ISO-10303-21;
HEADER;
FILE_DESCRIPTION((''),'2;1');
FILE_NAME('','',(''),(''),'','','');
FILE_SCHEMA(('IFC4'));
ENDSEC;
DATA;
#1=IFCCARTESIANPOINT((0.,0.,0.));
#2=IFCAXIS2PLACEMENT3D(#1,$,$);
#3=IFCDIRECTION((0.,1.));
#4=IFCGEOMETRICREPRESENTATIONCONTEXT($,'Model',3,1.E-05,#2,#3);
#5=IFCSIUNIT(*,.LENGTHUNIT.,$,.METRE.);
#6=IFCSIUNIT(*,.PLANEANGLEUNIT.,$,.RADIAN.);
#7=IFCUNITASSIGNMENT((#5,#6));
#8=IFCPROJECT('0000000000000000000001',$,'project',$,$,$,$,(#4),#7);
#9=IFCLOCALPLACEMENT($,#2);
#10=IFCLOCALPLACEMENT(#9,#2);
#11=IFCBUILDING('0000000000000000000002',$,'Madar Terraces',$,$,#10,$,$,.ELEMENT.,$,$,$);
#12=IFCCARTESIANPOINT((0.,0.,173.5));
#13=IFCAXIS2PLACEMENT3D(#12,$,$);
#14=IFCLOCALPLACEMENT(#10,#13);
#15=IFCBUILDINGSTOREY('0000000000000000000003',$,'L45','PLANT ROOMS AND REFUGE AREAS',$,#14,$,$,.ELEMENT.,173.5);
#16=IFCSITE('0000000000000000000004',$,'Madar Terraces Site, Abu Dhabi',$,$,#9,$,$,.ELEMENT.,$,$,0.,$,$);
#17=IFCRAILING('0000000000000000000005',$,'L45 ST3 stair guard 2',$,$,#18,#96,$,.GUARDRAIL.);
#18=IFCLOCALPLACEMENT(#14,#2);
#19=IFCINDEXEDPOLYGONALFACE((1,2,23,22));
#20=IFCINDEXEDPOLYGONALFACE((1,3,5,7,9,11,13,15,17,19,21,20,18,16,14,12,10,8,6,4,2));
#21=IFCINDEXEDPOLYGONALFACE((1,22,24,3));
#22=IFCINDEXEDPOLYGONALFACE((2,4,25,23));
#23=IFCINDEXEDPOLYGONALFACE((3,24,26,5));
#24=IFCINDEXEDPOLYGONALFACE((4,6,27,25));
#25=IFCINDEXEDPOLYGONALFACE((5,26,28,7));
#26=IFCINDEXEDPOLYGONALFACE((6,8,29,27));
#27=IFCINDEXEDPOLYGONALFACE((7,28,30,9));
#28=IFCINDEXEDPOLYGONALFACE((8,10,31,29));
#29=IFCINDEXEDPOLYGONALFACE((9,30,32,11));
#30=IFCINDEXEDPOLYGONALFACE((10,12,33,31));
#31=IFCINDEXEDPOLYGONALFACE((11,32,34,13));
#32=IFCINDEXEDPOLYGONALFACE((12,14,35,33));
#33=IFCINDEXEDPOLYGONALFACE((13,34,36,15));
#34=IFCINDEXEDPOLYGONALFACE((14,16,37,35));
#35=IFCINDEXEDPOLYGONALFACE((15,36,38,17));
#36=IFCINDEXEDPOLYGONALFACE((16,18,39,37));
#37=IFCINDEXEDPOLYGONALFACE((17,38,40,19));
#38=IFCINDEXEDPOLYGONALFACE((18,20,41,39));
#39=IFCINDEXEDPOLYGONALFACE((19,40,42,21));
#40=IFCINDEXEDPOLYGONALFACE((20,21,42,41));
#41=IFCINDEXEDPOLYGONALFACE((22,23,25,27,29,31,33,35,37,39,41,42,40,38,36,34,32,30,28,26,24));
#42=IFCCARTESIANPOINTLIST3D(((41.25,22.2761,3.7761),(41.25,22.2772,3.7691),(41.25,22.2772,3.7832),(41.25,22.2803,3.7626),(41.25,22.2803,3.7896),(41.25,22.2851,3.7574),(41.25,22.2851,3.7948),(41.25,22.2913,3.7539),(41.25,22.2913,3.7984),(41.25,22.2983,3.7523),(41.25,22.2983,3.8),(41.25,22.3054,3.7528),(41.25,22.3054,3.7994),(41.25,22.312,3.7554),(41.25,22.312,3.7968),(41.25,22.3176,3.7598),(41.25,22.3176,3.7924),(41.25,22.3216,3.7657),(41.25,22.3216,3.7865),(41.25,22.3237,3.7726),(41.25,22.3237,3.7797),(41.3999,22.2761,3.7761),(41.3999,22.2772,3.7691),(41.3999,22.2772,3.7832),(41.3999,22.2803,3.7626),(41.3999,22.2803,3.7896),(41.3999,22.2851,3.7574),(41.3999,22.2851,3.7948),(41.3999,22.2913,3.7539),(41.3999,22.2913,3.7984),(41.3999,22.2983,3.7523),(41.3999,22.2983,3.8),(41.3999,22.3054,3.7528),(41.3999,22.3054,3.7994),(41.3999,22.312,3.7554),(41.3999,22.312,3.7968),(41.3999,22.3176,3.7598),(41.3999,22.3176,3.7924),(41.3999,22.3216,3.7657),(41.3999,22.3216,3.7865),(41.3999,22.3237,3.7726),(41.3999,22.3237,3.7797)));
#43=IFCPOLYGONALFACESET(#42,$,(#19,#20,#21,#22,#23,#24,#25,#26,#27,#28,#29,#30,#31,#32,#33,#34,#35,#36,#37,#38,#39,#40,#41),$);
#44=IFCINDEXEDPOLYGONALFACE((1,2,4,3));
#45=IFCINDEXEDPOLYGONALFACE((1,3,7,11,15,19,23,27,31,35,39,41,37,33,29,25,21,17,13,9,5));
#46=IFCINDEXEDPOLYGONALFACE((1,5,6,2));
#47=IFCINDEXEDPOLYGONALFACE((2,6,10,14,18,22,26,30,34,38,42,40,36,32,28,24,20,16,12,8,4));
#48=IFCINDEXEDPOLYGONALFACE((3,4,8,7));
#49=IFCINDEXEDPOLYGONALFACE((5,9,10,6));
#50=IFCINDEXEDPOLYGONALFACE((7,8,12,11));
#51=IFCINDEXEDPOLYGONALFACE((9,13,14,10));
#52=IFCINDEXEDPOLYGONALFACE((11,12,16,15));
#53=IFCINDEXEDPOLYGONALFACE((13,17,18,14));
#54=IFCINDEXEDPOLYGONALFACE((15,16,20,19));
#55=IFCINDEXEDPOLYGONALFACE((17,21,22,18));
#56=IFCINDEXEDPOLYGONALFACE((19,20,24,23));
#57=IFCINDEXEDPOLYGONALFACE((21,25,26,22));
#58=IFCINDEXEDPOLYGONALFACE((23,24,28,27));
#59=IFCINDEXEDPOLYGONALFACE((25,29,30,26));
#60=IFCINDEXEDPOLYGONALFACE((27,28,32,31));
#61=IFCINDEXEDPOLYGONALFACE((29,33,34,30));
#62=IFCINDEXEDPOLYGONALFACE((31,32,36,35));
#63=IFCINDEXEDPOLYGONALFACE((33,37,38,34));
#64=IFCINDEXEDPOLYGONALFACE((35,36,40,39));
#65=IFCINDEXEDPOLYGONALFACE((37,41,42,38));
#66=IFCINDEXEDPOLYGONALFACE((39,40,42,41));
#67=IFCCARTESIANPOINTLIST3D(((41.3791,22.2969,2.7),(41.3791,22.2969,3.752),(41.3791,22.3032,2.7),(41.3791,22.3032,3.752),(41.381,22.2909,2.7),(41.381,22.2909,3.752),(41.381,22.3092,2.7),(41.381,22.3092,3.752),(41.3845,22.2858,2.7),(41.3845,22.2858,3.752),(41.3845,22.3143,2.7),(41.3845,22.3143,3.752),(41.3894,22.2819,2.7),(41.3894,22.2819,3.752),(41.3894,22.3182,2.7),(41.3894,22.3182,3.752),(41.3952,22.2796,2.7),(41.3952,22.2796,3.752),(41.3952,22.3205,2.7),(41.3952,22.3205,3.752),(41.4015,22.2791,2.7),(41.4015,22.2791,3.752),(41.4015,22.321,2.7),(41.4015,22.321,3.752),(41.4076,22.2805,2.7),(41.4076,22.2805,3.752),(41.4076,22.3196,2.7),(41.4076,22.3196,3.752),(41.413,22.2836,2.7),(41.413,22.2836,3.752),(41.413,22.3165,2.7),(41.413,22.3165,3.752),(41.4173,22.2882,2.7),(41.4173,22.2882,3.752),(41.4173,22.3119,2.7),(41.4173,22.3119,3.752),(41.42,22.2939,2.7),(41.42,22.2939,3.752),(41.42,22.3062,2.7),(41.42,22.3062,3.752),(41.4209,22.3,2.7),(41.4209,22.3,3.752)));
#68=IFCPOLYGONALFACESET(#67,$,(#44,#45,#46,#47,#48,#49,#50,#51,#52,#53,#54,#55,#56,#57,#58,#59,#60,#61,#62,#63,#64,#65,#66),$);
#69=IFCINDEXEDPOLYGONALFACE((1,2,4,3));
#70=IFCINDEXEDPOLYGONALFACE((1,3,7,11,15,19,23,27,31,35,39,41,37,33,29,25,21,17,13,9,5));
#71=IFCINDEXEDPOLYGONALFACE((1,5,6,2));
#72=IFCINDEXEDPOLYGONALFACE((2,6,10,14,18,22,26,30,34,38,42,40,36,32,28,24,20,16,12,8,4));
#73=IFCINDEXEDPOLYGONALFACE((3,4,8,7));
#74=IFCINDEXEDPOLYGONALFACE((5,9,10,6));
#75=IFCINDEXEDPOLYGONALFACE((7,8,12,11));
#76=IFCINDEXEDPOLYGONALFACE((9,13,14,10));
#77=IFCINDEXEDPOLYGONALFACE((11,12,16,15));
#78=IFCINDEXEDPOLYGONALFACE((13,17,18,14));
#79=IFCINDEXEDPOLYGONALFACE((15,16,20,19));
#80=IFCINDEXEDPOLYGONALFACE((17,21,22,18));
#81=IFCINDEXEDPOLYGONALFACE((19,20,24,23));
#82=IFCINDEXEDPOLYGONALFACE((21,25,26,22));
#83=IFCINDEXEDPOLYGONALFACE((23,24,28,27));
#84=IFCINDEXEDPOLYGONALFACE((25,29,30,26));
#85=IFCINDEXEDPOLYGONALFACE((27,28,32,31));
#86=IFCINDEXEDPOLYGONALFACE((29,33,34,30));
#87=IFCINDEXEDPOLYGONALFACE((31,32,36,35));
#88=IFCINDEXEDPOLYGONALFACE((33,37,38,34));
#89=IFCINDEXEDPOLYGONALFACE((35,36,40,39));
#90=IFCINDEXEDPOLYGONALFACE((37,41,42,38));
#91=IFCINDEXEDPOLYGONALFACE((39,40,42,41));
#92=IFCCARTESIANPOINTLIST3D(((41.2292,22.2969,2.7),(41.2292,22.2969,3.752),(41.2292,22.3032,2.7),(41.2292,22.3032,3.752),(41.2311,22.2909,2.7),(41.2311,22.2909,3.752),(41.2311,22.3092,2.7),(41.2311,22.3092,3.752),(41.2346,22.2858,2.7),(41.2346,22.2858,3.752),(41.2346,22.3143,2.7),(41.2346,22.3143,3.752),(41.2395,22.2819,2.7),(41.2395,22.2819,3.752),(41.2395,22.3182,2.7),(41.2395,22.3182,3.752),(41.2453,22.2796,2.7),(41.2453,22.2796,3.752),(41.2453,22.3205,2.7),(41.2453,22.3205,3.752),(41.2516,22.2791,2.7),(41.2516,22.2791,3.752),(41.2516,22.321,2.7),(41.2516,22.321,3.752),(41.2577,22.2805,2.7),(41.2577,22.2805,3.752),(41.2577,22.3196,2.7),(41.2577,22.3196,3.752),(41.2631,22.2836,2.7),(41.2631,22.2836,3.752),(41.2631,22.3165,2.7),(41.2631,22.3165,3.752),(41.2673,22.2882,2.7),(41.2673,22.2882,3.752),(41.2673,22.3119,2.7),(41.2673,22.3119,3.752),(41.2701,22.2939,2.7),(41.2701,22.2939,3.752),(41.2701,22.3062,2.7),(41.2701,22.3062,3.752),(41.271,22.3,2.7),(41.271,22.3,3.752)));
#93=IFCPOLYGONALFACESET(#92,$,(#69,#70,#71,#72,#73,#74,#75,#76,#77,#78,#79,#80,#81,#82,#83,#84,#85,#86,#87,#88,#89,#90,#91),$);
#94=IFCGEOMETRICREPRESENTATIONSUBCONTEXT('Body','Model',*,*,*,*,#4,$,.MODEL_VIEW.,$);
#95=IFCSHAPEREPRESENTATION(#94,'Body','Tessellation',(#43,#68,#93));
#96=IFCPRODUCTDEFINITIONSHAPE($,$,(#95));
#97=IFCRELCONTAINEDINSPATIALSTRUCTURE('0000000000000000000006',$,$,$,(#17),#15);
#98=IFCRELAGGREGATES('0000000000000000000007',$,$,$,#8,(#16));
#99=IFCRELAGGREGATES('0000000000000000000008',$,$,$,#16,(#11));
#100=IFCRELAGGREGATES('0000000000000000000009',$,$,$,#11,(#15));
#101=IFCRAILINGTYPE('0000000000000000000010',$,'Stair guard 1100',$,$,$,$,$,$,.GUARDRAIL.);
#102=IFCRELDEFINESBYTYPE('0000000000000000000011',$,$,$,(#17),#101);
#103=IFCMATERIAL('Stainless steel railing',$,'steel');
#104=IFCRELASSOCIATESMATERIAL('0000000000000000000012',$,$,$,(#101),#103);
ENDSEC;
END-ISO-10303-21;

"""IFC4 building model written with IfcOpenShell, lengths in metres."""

from ifc_helpers import new_model, si_unit, direction, frame, origin, origin_2d, place, context, subcontext, project, spatial, circle, extrude, material, type_object, element, save


model = new_model("IFC4")

# Units and contexts
model_context = context("Model", 3, precision=1e-05, world=origin(), true_north=direction((0.0, 1.0)))
body_context = subcontext(model_context, "Body", "Model", "MODEL_VIEW")
ifc_project = project(units=[si_unit("LENGTHUNIT", "METRE"), si_unit("PLANEANGLEUNIT", "RADIAN")], contexts=[model_context])

# Site, building, storey
site_placement = place(None, origin())
site = spatial("IfcSite", under=ifc_project, at=site_placement, Name="Madar Terraces Site, Abu Dhabi", CompositionType="ELEMENT", RefElevation=0.0)
building_placement = place(site_placement, origin())
building = spatial("IfcBuilding", under=site, at=building_placement, Name="Madar Terraces", CompositionType="ELEMENT")
storey_placement = place(building_placement, frame((0.0, 0.0, 173.5)))
storey = spatial("IfcBuildingStorey", under=building, at=storey_placement, Name="L45", Description="PLANT ROOMS AND REFUGE AREAS", CompositionType="ELEMENT", Elevation=173.5)

# Railing
ifc_material_1 = material(Name="Stainless steel railing", Category="steel")
railing_type_1 = type_object("IfcRailingType", Name="Stair guard 1100", PredefinedType="GUARDRAIL", material=ifc_material_1)
railing_1_placement = place(storey_placement, frame((41.3999, 22.3, 2.7)))
element("IfcRailing", 1, at=railing_1_placement, inside=storey, type_object=railing_type_1, Name="L45 ST3 stair guard 2", PredefinedType="GUARDRAIL", context=body_context, shape_type="SweptSolid", body=[
    extrude(circle(Radius=0.0239, at=origin_2d()), frame((0.0, 0.0, 1.0762), z_axis=(-1.0, 0.0, 0.0), x_axis=(0.0, -1.0, 0.0)), (0.0, 0.0, 1.0), 0.1499),
    extrude(circle(Radius=0.021, at=origin_2d()), origin(), (0.0, 0.0, 1.0), 1.052),
    extrude(circle(Radius=0.021, at=origin_2d()), frame((-0.1499, 0.0, 0.0)), (0.0, 0.0, 1.0), 1.052),
])

save(model, "model.ifc")
